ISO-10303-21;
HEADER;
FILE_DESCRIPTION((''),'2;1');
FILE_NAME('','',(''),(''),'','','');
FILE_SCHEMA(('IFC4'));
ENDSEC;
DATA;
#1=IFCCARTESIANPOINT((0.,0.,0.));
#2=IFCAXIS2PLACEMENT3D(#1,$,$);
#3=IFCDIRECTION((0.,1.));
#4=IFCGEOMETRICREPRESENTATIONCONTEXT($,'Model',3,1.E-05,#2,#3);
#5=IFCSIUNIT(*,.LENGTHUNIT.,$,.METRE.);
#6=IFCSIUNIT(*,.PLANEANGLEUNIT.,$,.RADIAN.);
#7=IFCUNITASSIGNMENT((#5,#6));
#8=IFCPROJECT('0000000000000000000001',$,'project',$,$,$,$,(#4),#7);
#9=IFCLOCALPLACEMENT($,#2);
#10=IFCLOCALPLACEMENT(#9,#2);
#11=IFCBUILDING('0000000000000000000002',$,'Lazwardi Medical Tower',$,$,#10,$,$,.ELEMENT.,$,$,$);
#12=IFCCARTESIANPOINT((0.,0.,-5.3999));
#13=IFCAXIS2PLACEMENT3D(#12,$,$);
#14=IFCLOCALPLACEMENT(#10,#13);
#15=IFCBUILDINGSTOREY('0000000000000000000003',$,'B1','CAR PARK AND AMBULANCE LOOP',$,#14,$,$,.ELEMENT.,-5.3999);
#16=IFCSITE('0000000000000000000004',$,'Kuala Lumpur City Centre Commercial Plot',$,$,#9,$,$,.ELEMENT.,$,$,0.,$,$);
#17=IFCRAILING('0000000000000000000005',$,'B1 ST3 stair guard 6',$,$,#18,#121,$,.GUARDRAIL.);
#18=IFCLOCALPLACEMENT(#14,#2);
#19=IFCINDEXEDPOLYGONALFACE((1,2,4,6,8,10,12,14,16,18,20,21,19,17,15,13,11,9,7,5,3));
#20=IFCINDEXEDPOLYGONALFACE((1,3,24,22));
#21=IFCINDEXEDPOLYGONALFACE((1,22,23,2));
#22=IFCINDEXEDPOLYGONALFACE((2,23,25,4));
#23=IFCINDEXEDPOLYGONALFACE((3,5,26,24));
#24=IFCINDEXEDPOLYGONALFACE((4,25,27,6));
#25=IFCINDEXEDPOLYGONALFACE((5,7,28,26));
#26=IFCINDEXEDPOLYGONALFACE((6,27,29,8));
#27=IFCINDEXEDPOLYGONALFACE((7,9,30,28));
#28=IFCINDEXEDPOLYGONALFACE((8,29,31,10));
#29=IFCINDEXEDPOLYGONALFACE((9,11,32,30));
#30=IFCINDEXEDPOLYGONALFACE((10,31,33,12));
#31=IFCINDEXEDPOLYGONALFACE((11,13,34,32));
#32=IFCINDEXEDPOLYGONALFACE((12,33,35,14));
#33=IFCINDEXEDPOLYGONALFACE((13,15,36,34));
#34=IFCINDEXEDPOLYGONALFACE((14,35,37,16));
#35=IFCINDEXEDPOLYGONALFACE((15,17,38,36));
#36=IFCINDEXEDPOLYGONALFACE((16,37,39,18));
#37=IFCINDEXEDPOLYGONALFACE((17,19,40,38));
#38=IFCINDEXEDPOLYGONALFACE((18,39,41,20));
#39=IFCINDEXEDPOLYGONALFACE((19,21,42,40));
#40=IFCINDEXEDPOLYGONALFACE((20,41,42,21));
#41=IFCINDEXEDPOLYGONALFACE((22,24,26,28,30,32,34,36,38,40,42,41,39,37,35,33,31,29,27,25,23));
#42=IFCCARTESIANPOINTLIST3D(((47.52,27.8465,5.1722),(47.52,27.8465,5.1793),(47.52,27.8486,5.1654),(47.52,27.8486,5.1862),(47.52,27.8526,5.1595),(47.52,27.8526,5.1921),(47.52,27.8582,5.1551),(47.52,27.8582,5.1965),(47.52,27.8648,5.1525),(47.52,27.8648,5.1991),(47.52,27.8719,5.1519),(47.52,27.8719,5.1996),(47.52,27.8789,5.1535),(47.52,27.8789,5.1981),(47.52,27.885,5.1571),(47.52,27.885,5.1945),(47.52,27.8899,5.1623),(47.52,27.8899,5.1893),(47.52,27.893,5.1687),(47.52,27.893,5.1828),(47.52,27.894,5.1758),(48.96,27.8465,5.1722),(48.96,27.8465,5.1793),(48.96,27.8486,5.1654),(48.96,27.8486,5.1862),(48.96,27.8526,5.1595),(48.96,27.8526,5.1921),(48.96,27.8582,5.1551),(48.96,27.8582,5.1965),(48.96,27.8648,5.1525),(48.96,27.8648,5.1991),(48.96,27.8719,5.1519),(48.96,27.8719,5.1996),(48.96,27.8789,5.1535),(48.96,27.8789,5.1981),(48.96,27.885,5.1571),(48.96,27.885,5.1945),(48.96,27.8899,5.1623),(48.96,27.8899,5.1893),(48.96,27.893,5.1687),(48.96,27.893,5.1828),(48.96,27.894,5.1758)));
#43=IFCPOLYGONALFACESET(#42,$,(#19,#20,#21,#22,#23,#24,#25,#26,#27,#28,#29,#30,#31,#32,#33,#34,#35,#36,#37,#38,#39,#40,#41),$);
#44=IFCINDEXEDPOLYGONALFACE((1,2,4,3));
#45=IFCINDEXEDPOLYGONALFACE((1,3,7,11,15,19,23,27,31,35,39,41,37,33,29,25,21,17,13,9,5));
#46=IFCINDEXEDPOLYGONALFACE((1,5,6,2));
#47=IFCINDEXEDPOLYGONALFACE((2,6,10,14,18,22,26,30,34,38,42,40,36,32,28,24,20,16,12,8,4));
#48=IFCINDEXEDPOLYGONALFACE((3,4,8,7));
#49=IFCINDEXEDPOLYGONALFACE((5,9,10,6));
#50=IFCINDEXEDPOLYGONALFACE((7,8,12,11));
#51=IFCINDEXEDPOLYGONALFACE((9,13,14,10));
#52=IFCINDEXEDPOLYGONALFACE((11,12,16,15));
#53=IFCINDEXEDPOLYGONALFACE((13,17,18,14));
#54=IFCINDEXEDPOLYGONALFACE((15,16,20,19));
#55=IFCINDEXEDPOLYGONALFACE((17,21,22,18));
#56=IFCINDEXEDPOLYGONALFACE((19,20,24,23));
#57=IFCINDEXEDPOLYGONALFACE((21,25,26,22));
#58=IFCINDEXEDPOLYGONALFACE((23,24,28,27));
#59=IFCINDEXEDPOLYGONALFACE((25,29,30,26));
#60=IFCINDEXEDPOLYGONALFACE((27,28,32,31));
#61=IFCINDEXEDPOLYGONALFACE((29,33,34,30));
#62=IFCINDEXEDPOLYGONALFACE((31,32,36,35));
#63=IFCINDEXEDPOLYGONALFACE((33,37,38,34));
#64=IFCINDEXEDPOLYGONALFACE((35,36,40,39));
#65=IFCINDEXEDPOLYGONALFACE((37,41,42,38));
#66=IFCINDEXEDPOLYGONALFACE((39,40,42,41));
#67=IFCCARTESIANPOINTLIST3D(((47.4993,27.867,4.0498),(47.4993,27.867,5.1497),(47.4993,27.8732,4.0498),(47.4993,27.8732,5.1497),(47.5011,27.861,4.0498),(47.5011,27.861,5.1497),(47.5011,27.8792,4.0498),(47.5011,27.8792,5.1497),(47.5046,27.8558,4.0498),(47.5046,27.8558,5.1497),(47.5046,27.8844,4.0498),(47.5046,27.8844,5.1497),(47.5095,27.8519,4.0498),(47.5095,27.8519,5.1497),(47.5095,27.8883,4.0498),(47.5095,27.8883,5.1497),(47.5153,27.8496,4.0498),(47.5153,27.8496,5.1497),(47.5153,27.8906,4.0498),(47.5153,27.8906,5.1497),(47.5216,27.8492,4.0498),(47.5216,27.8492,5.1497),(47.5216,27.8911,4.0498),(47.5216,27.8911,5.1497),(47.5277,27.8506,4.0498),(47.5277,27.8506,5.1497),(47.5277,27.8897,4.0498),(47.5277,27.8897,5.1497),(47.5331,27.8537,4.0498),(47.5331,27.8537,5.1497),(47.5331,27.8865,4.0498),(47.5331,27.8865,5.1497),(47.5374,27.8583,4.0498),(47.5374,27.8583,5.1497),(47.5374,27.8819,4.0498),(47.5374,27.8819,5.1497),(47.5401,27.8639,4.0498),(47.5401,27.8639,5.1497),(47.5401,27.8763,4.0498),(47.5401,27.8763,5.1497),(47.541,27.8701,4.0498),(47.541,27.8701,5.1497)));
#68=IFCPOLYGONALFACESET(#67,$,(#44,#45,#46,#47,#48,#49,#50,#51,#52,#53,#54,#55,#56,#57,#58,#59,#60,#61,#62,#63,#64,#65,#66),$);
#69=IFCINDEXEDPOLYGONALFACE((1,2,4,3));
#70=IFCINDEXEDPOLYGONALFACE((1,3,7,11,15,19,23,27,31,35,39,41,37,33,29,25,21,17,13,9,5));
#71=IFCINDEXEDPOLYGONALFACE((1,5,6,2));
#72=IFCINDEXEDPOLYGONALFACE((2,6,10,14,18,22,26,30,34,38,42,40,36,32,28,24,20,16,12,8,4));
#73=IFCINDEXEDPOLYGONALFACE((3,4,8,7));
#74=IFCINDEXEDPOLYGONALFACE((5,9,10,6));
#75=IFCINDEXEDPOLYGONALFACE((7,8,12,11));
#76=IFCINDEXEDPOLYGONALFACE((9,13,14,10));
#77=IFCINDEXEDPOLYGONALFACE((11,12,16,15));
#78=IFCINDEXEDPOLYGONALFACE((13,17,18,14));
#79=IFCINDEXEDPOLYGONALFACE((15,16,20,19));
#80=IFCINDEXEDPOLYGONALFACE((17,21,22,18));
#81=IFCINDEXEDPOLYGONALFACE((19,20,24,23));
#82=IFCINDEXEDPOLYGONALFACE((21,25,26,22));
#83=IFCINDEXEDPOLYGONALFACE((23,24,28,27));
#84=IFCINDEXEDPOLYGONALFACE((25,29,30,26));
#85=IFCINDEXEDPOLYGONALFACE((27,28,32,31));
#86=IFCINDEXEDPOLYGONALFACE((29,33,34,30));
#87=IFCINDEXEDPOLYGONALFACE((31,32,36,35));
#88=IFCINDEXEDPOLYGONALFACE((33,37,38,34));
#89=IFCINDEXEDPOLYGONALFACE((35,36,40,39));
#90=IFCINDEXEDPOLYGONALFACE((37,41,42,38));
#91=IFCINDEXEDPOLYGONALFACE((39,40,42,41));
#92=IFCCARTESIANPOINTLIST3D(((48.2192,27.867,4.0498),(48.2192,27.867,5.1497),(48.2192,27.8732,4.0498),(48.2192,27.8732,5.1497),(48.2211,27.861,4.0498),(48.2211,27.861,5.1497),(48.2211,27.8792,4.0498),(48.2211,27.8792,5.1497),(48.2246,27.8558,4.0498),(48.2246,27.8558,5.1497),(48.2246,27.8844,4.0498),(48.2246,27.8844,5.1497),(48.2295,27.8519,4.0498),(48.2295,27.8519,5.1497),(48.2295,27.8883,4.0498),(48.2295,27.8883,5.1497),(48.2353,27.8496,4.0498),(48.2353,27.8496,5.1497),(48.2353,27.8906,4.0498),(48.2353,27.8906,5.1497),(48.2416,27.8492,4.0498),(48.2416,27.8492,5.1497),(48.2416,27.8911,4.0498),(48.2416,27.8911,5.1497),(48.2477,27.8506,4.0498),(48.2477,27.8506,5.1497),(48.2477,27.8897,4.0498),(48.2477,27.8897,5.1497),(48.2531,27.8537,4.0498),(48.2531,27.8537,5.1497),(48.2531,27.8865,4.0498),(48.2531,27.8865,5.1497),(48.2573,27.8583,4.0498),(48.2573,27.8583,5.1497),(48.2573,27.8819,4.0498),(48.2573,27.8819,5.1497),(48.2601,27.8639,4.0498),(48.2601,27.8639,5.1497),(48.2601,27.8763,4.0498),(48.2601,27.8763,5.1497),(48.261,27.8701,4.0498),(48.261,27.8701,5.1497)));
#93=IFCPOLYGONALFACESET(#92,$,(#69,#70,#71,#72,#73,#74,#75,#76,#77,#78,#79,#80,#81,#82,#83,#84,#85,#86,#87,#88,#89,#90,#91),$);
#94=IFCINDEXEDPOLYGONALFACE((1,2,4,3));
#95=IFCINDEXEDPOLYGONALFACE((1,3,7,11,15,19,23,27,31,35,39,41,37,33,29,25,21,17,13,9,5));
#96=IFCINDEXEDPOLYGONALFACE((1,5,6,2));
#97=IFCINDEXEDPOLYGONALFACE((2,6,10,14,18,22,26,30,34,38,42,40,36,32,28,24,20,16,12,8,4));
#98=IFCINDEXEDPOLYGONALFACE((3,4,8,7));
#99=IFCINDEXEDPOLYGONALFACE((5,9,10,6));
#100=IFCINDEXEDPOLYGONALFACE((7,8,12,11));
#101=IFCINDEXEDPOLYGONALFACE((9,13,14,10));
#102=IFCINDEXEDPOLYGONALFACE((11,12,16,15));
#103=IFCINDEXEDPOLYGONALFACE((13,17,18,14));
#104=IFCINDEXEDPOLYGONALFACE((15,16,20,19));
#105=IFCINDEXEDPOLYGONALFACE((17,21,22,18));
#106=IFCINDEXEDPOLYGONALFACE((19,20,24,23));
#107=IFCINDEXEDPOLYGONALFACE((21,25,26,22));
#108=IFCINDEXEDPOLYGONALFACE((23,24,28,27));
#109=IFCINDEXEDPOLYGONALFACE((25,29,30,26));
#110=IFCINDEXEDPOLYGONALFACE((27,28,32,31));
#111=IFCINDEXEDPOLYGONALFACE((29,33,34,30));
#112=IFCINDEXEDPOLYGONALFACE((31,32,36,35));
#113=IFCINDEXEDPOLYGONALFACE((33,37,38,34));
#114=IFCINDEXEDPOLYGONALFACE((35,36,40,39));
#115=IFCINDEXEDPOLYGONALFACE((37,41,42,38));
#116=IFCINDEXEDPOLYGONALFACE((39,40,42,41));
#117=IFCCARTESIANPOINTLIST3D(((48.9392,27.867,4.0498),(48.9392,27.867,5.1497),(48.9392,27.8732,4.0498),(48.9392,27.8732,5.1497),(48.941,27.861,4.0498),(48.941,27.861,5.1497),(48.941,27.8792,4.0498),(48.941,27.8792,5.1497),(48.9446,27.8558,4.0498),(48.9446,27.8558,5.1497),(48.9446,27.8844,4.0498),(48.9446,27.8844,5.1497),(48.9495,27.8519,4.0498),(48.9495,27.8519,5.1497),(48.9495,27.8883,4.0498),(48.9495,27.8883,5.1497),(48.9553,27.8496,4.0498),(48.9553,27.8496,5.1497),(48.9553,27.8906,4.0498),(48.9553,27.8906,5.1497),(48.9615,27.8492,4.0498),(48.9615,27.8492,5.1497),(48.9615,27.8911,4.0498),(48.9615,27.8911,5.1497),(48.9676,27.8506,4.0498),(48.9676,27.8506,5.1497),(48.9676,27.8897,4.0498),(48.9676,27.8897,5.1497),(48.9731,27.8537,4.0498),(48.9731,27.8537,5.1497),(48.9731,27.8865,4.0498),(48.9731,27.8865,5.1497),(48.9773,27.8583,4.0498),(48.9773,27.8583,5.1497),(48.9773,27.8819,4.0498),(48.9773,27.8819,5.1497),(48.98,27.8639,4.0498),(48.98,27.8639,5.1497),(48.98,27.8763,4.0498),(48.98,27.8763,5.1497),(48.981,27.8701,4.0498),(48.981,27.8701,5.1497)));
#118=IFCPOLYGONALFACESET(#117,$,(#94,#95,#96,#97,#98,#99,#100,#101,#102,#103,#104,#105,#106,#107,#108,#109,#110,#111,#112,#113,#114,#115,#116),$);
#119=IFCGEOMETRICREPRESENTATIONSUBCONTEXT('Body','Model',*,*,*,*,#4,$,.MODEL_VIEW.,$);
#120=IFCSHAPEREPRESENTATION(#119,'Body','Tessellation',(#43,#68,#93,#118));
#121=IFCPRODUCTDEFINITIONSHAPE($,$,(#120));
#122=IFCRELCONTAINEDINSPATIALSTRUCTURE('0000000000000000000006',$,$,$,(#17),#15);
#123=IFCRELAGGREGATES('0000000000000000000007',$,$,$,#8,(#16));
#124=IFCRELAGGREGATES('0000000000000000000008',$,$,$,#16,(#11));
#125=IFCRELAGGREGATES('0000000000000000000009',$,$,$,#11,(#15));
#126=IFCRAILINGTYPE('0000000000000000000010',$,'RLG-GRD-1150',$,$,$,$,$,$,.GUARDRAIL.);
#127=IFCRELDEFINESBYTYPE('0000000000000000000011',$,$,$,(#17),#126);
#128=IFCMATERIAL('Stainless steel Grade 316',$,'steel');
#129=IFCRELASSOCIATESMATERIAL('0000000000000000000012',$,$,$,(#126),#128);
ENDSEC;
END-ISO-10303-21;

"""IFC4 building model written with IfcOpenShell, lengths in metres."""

from ifc_helpers import new_model, si_unit, direction, frame, origin, origin_2d, place, context, subcontext, project, spatial, circle, extrude, material, type_object, element, save


model = new_model("IFC4")

# Units and contexts
model_context = context("Model", 3, precision=1e-05, world=origin(), true_north=direction((0.0, 1.0)))
body_context = subcontext(model_context, "Body", "Model", "MODEL_VIEW")
ifc_project = project(units=[si_unit("LENGTHUNIT", "METRE"), si_unit("PLANEANGLEUNIT", "RADIAN")], contexts=[model_context])

# Site, building, storey
site_placement = place(None, origin())
site = spatial("IfcSite", under=ifc_project, at=site_placement, Name="Kuala Lumpur City Centre Commercial Plot", CompositionType="ELEMENT", RefElevation=0.0)
building_placement = place(site_placement, origin())
building = spatial("IfcBuilding", under=site, at=building_placement, Name="Lazwardi Medical Tower", CompositionType="ELEMENT")
storey_placement = place(building_placement, frame((0.0, 0.0, -5.3999)))
storey = spatial("IfcBuildingStorey", under=building, at=storey_placement, Name="B1", Description="CAR PARK AND AMBULANCE LOOP", CompositionType="ELEMENT", Elevation=-5.3999)

# Railing
ifc_material_1 = material(Name="Stainless steel Grade 316", Category="steel")
railing_type_1 = type_object("IfcRailingType", Name="RLG-GRD-1150", PredefinedType="GUARDRAIL", material=ifc_material_1)
railing_1_placement = place(storey_placement, frame((47.52, 27.8701, 4.0498)))
element("IfcRailing", 1, at=railing_1_placement, inside=storey, type_object=railing_type_1, Name="B1 ST3 stair guard 6", PredefinedType="GUARDRAIL", context=body_context, shape_type="SweptSolid", body=[
    extrude(circle(Radius=0.0239, at=origin_2d()), frame((0.0, 0.0, 1.126), z_axis=(1.0, 0.0, 0.0), x_axis=(0.0, 1.0, 0.0)), (0.0, 0.0, 1.0), 1.4399),
    extrude(circle(Radius=0.021, at=origin_2d()), origin(), (0.0, 0.0, 1.0), 1.0999),
    extrude(circle(Radius=0.021, at=origin_2d()), frame((0.72, 0.0, 0.0)), (0.0, 0.0, 1.0), 1.0999),
    extrude(circle(Radius=0.021, at=origin_2d()), frame((1.4399, 0.0, 0.0)), (0.0, 0.0, 1.0), 1.0999),
])

save(model, "model.ifc")
